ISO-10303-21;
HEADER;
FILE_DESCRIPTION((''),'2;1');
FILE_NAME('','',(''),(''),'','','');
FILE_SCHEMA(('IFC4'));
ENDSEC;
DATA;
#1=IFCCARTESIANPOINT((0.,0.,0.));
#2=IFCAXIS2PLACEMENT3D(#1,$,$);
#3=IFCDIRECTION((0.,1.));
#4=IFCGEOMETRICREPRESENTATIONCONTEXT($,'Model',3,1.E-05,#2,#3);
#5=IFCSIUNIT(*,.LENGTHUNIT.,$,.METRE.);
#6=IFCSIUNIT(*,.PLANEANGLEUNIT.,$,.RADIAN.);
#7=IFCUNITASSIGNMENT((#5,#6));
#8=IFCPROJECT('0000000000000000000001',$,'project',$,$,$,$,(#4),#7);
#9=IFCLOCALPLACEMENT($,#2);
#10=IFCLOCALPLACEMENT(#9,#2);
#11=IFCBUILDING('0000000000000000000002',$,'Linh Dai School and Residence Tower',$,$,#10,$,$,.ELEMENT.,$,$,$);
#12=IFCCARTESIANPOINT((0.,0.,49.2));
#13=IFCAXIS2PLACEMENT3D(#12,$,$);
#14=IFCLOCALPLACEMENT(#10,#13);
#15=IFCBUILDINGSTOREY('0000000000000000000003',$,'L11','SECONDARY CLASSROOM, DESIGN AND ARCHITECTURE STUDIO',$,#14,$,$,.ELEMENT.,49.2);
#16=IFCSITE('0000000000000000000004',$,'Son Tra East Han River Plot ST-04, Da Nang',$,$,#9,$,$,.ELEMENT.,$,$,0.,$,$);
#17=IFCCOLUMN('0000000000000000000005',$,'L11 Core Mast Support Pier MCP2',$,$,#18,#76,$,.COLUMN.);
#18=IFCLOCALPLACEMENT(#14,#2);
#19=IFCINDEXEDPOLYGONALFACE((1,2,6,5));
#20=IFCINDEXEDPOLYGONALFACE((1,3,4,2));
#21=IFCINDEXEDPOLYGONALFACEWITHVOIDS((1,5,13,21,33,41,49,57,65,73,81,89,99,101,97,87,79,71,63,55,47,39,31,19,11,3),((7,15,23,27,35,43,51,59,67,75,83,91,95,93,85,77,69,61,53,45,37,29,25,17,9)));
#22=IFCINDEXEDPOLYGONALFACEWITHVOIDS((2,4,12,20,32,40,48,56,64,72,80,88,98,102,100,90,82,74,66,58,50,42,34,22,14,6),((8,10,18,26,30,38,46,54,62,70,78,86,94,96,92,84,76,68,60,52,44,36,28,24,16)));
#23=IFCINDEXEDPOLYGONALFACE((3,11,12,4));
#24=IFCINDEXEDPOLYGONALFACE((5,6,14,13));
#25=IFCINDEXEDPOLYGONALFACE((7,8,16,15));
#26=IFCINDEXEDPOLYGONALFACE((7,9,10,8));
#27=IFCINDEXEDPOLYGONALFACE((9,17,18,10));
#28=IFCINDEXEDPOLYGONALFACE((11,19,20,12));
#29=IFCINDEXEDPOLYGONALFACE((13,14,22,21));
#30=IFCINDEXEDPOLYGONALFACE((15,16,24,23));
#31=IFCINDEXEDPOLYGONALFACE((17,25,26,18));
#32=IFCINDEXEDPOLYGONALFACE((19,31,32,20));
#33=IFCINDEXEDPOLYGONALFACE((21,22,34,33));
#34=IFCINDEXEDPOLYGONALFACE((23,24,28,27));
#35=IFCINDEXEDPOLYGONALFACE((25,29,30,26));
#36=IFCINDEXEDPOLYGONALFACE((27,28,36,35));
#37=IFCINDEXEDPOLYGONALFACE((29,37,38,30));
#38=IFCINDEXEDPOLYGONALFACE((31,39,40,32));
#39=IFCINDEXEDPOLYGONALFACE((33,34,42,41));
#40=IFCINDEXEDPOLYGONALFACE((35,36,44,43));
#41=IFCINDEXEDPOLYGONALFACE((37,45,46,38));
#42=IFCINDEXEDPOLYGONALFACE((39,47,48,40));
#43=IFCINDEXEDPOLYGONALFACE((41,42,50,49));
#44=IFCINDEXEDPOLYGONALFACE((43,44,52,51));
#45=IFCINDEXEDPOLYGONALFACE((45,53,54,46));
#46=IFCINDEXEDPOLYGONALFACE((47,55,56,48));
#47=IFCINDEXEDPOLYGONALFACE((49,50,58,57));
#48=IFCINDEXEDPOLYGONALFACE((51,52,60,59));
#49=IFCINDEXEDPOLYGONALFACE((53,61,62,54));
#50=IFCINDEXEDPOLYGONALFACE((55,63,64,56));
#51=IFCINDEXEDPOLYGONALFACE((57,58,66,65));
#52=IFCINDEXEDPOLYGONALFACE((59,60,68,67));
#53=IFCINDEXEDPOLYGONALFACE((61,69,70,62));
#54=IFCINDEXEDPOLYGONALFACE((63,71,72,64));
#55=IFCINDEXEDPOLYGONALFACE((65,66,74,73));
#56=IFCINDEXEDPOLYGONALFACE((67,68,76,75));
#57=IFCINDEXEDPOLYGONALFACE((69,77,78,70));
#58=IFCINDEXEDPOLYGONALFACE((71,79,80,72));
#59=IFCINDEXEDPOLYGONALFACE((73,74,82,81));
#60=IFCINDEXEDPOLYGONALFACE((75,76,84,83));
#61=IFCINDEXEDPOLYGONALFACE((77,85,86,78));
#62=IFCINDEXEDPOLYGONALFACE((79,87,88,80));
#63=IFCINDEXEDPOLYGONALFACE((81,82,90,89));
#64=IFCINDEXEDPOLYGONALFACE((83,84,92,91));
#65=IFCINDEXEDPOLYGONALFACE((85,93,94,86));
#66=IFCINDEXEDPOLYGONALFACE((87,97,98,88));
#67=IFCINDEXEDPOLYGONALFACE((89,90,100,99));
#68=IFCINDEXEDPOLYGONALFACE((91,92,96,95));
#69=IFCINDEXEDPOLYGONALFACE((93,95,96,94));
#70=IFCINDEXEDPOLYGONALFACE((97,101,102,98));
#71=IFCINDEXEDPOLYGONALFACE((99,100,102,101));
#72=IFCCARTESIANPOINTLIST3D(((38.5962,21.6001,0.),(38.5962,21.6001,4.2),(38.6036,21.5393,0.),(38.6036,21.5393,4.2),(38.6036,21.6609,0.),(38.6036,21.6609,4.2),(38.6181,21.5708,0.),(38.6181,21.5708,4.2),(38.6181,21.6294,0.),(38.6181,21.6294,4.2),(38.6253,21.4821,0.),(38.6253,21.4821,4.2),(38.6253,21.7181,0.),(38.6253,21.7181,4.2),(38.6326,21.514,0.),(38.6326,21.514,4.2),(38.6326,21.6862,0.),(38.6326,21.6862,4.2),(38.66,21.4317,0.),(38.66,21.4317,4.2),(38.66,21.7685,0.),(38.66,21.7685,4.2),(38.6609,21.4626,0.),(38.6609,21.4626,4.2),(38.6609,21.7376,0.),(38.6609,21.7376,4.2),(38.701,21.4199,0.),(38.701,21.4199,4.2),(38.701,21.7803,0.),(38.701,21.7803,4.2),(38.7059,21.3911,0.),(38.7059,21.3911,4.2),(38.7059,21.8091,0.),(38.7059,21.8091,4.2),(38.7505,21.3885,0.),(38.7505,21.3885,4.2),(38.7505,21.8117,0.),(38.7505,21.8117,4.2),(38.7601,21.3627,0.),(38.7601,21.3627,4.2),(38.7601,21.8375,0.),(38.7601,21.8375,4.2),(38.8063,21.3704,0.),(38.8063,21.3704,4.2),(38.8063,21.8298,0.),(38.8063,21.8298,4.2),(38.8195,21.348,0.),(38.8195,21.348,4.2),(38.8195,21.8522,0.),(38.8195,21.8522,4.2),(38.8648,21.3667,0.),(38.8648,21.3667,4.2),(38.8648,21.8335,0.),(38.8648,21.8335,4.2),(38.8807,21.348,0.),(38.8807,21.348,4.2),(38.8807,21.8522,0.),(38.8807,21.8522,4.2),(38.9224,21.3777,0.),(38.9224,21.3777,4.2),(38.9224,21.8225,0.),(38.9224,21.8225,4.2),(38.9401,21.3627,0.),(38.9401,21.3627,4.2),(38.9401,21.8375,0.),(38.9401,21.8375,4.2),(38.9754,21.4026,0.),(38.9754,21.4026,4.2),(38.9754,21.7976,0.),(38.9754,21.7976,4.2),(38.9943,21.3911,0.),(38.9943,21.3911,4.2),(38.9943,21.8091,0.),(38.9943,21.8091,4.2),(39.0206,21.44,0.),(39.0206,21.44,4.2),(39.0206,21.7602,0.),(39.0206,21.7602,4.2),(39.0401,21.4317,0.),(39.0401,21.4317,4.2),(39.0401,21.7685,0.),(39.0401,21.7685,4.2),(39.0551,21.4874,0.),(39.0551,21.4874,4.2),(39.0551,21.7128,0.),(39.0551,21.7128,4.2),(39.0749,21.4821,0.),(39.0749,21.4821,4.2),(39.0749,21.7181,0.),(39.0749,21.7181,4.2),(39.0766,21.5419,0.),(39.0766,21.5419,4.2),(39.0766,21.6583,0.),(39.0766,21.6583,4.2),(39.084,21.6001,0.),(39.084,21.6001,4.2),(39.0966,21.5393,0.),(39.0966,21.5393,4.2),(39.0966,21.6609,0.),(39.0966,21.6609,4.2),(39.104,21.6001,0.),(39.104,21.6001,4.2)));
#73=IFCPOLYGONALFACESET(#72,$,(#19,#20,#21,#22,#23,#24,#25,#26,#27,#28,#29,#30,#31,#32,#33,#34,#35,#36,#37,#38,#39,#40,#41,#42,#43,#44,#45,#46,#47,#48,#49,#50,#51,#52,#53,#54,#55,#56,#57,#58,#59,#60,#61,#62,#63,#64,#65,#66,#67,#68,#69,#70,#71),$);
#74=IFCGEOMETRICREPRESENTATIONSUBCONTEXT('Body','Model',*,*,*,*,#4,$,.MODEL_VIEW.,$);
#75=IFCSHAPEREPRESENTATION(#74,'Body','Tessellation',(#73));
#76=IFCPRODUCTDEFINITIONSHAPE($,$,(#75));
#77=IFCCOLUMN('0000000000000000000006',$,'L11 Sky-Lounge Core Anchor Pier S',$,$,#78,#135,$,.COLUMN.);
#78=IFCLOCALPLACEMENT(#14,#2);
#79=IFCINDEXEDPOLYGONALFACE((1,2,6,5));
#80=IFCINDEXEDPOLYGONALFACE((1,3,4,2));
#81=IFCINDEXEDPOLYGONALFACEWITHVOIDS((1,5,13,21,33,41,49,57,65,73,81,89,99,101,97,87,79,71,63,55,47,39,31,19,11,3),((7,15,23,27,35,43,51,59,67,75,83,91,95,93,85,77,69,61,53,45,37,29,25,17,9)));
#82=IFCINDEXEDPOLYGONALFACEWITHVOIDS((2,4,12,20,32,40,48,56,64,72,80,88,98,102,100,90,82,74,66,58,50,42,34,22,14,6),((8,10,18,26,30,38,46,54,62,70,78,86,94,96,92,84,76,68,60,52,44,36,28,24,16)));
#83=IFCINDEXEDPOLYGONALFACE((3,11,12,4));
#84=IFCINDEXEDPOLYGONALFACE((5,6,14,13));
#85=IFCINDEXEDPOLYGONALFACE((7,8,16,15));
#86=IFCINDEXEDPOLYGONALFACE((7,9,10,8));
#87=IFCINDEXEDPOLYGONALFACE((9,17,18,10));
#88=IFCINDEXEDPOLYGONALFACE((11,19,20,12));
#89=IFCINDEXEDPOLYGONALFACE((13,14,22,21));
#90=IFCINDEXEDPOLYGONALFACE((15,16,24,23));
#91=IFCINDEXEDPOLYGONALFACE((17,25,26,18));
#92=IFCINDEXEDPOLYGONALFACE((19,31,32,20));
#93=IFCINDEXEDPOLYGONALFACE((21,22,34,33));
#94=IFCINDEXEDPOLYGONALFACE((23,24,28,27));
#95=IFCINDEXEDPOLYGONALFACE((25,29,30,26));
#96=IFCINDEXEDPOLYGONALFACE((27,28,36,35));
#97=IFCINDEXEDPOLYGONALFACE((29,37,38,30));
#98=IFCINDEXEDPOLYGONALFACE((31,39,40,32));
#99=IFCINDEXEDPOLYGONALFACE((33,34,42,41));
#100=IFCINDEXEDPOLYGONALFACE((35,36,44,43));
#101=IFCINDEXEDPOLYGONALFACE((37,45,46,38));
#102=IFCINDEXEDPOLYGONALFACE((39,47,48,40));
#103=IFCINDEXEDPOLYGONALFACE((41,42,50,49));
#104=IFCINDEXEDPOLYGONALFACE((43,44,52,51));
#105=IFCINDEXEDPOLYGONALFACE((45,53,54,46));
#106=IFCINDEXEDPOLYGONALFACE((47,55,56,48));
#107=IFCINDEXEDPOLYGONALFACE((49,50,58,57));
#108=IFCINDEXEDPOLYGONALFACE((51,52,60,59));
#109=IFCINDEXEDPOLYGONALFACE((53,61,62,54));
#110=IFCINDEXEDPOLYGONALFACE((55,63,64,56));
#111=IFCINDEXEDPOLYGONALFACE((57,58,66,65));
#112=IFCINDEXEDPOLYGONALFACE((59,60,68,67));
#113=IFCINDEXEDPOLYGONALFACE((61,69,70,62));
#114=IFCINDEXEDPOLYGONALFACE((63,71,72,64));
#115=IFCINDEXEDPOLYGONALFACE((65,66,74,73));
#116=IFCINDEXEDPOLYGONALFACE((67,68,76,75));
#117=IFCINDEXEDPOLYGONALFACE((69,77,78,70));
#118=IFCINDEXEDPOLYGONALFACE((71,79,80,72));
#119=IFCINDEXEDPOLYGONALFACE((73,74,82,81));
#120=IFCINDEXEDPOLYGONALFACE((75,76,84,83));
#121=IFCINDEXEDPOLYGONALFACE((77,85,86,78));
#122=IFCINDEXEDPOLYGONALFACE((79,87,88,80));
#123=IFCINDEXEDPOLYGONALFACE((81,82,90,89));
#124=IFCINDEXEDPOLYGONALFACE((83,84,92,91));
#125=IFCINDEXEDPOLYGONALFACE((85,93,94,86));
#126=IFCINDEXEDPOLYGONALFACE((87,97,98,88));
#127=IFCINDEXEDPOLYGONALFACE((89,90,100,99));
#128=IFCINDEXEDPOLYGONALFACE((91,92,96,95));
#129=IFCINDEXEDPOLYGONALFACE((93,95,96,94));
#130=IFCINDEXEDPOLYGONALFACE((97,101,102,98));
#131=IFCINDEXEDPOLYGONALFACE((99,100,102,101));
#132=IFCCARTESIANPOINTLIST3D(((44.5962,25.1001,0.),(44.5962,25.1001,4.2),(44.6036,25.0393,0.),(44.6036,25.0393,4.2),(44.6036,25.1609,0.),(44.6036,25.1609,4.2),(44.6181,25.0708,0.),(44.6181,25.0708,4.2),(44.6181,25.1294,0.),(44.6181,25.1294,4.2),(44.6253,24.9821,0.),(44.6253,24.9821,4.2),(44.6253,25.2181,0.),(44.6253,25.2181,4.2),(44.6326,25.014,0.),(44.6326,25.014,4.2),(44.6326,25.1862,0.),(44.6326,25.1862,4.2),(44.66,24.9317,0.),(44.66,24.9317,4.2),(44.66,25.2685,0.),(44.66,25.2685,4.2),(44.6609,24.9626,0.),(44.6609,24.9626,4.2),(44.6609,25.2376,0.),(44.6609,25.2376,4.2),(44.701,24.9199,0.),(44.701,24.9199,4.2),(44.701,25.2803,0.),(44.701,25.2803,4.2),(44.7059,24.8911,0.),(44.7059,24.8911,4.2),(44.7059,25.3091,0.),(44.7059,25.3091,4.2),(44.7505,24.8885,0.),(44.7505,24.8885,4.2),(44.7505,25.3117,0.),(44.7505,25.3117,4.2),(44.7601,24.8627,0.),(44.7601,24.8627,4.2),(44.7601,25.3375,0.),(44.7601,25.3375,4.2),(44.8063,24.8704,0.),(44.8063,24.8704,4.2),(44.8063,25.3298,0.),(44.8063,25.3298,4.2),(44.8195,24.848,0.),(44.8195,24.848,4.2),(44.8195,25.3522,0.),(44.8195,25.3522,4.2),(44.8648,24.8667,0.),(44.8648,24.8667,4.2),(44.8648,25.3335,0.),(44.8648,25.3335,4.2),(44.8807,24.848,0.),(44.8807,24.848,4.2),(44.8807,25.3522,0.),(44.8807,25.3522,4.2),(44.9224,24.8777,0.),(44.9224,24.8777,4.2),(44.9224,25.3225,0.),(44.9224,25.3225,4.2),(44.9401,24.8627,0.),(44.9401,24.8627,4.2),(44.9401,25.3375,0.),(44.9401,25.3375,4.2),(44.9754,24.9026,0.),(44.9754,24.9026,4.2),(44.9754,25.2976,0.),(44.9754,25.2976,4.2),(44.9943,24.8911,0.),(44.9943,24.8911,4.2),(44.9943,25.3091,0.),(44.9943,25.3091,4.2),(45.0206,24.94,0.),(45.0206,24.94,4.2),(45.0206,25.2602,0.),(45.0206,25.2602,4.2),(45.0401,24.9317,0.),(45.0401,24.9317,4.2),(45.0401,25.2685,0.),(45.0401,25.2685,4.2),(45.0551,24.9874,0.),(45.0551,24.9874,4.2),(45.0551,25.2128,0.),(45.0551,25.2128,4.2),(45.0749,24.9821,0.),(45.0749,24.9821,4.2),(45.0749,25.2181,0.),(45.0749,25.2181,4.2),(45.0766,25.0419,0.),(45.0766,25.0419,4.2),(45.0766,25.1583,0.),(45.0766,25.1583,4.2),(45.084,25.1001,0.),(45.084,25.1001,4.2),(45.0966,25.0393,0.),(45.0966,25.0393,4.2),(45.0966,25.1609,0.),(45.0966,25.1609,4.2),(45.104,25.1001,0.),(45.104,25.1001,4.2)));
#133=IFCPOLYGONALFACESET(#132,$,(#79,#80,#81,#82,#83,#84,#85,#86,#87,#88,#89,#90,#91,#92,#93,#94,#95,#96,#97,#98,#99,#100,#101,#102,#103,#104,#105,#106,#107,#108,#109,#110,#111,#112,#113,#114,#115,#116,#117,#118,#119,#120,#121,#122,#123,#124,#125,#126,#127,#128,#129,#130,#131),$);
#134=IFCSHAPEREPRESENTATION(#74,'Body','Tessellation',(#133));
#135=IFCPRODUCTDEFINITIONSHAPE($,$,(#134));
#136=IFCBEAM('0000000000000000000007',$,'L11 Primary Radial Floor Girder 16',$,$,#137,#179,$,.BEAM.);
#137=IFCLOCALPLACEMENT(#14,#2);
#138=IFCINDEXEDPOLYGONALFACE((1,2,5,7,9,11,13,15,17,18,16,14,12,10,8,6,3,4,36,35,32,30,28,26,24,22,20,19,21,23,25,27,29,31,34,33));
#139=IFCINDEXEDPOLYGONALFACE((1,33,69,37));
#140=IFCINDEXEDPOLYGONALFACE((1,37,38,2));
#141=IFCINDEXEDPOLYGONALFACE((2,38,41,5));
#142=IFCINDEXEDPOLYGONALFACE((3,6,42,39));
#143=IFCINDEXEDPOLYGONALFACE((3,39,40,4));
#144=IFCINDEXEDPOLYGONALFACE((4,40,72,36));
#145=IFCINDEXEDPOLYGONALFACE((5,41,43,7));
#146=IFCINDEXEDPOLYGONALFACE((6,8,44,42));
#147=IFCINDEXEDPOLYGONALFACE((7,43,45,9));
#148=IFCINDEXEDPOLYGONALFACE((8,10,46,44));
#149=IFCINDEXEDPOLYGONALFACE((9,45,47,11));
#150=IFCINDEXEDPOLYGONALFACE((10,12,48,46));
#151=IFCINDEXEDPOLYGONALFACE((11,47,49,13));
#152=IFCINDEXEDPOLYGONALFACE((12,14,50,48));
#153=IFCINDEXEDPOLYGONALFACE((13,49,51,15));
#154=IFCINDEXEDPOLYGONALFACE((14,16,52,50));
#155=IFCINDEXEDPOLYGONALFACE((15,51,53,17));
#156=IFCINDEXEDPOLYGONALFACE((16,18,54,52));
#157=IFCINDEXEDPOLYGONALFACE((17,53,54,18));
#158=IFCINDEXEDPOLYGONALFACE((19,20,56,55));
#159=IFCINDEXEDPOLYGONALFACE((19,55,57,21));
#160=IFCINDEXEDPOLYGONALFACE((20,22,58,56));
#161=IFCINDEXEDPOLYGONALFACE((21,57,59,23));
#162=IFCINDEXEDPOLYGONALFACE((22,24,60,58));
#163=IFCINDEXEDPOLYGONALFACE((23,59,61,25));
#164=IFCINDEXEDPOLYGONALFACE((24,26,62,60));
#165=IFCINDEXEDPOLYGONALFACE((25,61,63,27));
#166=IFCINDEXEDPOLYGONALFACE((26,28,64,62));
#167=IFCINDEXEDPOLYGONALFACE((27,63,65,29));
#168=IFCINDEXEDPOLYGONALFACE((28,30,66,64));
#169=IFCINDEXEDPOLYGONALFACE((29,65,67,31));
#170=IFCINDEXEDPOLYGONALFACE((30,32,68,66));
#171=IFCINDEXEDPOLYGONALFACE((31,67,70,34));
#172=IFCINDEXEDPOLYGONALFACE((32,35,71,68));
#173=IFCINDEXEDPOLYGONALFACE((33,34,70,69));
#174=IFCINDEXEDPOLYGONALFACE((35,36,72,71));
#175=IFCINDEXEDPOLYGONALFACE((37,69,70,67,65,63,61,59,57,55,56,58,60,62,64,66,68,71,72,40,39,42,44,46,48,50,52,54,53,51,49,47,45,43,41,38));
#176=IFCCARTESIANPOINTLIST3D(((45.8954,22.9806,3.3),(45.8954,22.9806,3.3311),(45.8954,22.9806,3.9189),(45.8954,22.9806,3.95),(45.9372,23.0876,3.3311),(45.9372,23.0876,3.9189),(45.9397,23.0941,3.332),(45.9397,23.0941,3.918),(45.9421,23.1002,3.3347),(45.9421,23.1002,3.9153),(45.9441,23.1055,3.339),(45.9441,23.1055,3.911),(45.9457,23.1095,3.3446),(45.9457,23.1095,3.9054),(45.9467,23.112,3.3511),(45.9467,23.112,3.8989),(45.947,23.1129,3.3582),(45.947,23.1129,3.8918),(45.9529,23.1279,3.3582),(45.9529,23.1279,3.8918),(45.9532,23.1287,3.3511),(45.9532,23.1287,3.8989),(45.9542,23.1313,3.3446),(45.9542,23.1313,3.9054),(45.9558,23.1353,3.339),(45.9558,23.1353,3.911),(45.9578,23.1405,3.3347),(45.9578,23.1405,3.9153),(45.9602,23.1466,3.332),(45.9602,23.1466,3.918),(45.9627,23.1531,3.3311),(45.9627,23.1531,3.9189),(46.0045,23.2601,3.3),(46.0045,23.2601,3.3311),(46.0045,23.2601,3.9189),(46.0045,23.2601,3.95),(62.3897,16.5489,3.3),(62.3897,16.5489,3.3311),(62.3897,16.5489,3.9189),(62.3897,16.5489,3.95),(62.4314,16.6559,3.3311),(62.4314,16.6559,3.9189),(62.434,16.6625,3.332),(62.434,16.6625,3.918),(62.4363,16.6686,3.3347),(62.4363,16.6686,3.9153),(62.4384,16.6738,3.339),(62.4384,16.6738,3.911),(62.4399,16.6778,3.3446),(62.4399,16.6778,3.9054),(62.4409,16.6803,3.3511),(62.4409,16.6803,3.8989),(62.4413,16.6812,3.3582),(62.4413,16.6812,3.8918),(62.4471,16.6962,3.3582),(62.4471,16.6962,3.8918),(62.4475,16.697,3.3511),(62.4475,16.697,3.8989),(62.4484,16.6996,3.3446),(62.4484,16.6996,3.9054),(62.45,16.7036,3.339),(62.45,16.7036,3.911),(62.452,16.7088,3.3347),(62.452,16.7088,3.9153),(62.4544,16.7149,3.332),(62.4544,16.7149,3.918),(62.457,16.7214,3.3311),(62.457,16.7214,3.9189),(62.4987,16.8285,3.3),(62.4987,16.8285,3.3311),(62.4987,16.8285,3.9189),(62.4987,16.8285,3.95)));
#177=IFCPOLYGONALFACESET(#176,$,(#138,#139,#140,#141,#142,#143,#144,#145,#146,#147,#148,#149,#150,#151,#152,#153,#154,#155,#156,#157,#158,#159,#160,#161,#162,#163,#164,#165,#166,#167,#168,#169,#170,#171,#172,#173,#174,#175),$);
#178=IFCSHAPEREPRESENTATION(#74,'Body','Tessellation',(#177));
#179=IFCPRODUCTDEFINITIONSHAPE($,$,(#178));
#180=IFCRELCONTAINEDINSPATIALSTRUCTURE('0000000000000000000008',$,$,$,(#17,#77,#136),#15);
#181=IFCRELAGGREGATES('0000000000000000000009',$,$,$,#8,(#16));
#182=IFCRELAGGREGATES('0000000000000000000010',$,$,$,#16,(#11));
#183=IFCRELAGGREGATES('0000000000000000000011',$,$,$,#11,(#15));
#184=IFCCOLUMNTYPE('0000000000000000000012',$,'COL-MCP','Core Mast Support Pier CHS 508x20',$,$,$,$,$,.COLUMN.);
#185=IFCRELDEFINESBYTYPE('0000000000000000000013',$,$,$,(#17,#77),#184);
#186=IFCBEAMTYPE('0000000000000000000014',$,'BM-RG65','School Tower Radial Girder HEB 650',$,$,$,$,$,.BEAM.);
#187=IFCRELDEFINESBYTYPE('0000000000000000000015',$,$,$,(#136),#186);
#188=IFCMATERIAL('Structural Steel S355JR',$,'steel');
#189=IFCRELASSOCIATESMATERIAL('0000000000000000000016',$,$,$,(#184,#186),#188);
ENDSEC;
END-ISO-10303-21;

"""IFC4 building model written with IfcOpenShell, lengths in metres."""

from ifc_helpers import new_model, si_unit, direction, frame, origin, origin_2d, place, context, subcontext, project, spatial, hollow_circle, i_section, extrude, material, material_profile, profile_set, type_object, element, save


model = new_model("IFC4")

# Units and contexts
model_context = context("Model", 3, precision=1e-05, world=origin(), true_north=direction((0.0, 1.0)))
body_context = subcontext(model_context, "Body", "Model", "MODEL_VIEW")
ifc_project = project(units=[si_unit("LENGTHUNIT", "METRE"), si_unit("PLANEANGLEUNIT", "RADIAN")], contexts=[model_context])

# Site, building, storey
site_placement = place(None, origin())
site = spatial("IfcSite", under=ifc_project, at=site_placement, Name="Son Tra East Han River Plot ST-04, Da Nang", CompositionType="ELEMENT", RefElevation=0.0)
building_placement = place(site_placement, origin())
building = spatial("IfcBuilding", under=site, at=building_placement, Name="Linh Dai School and Residence Tower", CompositionType="ELEMENT")
storey_placement = place(building_placement, frame((0.0, 0.0, 49.2)))
storey = spatial("IfcBuildingStorey", under=building, at=storey_placement, Name="L11", Description="SECONDARY CLASSROOM, DESIGN AND ARCHITECTURE STUDIO", CompositionType="ELEMENT", Elevation=49.2)

# Columns
ifc_material_1 = material(Name="Structural Steel S355JR", Category="steel")
ifc_material_profile_1 = material_profile(ifc_material_1, hollow_circle(Radius=0.2539, WallThickness=0.02, at=origin_2d()), Name="CHS 508x20")
ifc_profile_set_1 = profile_set([ifc_material_profile_1], Name="Structural Steel S355JR")
column_type_1 = type_object("IfcColumnType", Name="COL-MCP", Description="Core Mast Support Pier CHS 508x20", PredefinedType="COLUMN", material=ifc_profile_set_1)
for number, where, z_axis, x_axis, name in (
    (1, (38.8501, 21.6001, 0.0), (0.0, 0.0, 1.0), (1.0, 0.0, 0.0), "L11 Core Mast Support Pier MCP2"),
    (2, (44.8501, 25.1001, 0.0), (0.0, 0.0, 1.0), (1.0, 0.0, 0.0), "L11 Sky-Lounge Core Anchor Pier S"),
):
    element("IfcColumn", number, at=place(storey_placement, frame(where, z_axis=z_axis, x_axis=x_axis)), inside=storey, type_object=column_type_1, Name=name, PredefinedType="COLUMN", context=body_context, shape_type="SweptSolid", body=[
        extrude(hollow_circle(Radius=0.2539, WallThickness=0.02, at=origin_2d()), origin(), (0.0, 0.0, 1.0), 4.2),
    ])

# Beam
ifc_material_profile_2 = material_profile(ifc_material_1, i_section(OverallWidth=0.3, OverallDepth=0.6499, WebThickness=0.0161, FlangeThickness=0.031, FilletRadius=0.0271, at=origin_2d()), Name="HEB 650")
ifc_profile_set_2 = profile_set([ifc_material_profile_2], Name="Structural Steel S355JR")
beam_type_1 = type_object("IfcBeamType", Name="BM-RG65", Description="School Tower Radial Girder HEB 650", PredefinedType="BEAM", material=ifc_profile_set_2)
beam_1_placement = place(storey_placement, frame((45.95, 23.1204, 3.625), z_axis=(0.931675, -0.363293, 0.0), x_axis=(0.363293, 0.931675, 0.0)))
element("IfcBeam", 3, at=beam_1_placement, inside=storey, type_object=beam_type_1, Name="L11 Primary Radial Floor Girder 16", PredefinedType="BEAM", context=body_context, shape_type="SweptSolid", body=[
    extrude(i_section(OverallWidth=0.3, OverallDepth=0.6499, WebThickness=0.0161, FlangeThickness=0.031, FilletRadius=0.0271, at=origin_2d()), origin(), (0.0, 0.0, 1.0), 17.7039),
])

save(model, "model.ifc")
